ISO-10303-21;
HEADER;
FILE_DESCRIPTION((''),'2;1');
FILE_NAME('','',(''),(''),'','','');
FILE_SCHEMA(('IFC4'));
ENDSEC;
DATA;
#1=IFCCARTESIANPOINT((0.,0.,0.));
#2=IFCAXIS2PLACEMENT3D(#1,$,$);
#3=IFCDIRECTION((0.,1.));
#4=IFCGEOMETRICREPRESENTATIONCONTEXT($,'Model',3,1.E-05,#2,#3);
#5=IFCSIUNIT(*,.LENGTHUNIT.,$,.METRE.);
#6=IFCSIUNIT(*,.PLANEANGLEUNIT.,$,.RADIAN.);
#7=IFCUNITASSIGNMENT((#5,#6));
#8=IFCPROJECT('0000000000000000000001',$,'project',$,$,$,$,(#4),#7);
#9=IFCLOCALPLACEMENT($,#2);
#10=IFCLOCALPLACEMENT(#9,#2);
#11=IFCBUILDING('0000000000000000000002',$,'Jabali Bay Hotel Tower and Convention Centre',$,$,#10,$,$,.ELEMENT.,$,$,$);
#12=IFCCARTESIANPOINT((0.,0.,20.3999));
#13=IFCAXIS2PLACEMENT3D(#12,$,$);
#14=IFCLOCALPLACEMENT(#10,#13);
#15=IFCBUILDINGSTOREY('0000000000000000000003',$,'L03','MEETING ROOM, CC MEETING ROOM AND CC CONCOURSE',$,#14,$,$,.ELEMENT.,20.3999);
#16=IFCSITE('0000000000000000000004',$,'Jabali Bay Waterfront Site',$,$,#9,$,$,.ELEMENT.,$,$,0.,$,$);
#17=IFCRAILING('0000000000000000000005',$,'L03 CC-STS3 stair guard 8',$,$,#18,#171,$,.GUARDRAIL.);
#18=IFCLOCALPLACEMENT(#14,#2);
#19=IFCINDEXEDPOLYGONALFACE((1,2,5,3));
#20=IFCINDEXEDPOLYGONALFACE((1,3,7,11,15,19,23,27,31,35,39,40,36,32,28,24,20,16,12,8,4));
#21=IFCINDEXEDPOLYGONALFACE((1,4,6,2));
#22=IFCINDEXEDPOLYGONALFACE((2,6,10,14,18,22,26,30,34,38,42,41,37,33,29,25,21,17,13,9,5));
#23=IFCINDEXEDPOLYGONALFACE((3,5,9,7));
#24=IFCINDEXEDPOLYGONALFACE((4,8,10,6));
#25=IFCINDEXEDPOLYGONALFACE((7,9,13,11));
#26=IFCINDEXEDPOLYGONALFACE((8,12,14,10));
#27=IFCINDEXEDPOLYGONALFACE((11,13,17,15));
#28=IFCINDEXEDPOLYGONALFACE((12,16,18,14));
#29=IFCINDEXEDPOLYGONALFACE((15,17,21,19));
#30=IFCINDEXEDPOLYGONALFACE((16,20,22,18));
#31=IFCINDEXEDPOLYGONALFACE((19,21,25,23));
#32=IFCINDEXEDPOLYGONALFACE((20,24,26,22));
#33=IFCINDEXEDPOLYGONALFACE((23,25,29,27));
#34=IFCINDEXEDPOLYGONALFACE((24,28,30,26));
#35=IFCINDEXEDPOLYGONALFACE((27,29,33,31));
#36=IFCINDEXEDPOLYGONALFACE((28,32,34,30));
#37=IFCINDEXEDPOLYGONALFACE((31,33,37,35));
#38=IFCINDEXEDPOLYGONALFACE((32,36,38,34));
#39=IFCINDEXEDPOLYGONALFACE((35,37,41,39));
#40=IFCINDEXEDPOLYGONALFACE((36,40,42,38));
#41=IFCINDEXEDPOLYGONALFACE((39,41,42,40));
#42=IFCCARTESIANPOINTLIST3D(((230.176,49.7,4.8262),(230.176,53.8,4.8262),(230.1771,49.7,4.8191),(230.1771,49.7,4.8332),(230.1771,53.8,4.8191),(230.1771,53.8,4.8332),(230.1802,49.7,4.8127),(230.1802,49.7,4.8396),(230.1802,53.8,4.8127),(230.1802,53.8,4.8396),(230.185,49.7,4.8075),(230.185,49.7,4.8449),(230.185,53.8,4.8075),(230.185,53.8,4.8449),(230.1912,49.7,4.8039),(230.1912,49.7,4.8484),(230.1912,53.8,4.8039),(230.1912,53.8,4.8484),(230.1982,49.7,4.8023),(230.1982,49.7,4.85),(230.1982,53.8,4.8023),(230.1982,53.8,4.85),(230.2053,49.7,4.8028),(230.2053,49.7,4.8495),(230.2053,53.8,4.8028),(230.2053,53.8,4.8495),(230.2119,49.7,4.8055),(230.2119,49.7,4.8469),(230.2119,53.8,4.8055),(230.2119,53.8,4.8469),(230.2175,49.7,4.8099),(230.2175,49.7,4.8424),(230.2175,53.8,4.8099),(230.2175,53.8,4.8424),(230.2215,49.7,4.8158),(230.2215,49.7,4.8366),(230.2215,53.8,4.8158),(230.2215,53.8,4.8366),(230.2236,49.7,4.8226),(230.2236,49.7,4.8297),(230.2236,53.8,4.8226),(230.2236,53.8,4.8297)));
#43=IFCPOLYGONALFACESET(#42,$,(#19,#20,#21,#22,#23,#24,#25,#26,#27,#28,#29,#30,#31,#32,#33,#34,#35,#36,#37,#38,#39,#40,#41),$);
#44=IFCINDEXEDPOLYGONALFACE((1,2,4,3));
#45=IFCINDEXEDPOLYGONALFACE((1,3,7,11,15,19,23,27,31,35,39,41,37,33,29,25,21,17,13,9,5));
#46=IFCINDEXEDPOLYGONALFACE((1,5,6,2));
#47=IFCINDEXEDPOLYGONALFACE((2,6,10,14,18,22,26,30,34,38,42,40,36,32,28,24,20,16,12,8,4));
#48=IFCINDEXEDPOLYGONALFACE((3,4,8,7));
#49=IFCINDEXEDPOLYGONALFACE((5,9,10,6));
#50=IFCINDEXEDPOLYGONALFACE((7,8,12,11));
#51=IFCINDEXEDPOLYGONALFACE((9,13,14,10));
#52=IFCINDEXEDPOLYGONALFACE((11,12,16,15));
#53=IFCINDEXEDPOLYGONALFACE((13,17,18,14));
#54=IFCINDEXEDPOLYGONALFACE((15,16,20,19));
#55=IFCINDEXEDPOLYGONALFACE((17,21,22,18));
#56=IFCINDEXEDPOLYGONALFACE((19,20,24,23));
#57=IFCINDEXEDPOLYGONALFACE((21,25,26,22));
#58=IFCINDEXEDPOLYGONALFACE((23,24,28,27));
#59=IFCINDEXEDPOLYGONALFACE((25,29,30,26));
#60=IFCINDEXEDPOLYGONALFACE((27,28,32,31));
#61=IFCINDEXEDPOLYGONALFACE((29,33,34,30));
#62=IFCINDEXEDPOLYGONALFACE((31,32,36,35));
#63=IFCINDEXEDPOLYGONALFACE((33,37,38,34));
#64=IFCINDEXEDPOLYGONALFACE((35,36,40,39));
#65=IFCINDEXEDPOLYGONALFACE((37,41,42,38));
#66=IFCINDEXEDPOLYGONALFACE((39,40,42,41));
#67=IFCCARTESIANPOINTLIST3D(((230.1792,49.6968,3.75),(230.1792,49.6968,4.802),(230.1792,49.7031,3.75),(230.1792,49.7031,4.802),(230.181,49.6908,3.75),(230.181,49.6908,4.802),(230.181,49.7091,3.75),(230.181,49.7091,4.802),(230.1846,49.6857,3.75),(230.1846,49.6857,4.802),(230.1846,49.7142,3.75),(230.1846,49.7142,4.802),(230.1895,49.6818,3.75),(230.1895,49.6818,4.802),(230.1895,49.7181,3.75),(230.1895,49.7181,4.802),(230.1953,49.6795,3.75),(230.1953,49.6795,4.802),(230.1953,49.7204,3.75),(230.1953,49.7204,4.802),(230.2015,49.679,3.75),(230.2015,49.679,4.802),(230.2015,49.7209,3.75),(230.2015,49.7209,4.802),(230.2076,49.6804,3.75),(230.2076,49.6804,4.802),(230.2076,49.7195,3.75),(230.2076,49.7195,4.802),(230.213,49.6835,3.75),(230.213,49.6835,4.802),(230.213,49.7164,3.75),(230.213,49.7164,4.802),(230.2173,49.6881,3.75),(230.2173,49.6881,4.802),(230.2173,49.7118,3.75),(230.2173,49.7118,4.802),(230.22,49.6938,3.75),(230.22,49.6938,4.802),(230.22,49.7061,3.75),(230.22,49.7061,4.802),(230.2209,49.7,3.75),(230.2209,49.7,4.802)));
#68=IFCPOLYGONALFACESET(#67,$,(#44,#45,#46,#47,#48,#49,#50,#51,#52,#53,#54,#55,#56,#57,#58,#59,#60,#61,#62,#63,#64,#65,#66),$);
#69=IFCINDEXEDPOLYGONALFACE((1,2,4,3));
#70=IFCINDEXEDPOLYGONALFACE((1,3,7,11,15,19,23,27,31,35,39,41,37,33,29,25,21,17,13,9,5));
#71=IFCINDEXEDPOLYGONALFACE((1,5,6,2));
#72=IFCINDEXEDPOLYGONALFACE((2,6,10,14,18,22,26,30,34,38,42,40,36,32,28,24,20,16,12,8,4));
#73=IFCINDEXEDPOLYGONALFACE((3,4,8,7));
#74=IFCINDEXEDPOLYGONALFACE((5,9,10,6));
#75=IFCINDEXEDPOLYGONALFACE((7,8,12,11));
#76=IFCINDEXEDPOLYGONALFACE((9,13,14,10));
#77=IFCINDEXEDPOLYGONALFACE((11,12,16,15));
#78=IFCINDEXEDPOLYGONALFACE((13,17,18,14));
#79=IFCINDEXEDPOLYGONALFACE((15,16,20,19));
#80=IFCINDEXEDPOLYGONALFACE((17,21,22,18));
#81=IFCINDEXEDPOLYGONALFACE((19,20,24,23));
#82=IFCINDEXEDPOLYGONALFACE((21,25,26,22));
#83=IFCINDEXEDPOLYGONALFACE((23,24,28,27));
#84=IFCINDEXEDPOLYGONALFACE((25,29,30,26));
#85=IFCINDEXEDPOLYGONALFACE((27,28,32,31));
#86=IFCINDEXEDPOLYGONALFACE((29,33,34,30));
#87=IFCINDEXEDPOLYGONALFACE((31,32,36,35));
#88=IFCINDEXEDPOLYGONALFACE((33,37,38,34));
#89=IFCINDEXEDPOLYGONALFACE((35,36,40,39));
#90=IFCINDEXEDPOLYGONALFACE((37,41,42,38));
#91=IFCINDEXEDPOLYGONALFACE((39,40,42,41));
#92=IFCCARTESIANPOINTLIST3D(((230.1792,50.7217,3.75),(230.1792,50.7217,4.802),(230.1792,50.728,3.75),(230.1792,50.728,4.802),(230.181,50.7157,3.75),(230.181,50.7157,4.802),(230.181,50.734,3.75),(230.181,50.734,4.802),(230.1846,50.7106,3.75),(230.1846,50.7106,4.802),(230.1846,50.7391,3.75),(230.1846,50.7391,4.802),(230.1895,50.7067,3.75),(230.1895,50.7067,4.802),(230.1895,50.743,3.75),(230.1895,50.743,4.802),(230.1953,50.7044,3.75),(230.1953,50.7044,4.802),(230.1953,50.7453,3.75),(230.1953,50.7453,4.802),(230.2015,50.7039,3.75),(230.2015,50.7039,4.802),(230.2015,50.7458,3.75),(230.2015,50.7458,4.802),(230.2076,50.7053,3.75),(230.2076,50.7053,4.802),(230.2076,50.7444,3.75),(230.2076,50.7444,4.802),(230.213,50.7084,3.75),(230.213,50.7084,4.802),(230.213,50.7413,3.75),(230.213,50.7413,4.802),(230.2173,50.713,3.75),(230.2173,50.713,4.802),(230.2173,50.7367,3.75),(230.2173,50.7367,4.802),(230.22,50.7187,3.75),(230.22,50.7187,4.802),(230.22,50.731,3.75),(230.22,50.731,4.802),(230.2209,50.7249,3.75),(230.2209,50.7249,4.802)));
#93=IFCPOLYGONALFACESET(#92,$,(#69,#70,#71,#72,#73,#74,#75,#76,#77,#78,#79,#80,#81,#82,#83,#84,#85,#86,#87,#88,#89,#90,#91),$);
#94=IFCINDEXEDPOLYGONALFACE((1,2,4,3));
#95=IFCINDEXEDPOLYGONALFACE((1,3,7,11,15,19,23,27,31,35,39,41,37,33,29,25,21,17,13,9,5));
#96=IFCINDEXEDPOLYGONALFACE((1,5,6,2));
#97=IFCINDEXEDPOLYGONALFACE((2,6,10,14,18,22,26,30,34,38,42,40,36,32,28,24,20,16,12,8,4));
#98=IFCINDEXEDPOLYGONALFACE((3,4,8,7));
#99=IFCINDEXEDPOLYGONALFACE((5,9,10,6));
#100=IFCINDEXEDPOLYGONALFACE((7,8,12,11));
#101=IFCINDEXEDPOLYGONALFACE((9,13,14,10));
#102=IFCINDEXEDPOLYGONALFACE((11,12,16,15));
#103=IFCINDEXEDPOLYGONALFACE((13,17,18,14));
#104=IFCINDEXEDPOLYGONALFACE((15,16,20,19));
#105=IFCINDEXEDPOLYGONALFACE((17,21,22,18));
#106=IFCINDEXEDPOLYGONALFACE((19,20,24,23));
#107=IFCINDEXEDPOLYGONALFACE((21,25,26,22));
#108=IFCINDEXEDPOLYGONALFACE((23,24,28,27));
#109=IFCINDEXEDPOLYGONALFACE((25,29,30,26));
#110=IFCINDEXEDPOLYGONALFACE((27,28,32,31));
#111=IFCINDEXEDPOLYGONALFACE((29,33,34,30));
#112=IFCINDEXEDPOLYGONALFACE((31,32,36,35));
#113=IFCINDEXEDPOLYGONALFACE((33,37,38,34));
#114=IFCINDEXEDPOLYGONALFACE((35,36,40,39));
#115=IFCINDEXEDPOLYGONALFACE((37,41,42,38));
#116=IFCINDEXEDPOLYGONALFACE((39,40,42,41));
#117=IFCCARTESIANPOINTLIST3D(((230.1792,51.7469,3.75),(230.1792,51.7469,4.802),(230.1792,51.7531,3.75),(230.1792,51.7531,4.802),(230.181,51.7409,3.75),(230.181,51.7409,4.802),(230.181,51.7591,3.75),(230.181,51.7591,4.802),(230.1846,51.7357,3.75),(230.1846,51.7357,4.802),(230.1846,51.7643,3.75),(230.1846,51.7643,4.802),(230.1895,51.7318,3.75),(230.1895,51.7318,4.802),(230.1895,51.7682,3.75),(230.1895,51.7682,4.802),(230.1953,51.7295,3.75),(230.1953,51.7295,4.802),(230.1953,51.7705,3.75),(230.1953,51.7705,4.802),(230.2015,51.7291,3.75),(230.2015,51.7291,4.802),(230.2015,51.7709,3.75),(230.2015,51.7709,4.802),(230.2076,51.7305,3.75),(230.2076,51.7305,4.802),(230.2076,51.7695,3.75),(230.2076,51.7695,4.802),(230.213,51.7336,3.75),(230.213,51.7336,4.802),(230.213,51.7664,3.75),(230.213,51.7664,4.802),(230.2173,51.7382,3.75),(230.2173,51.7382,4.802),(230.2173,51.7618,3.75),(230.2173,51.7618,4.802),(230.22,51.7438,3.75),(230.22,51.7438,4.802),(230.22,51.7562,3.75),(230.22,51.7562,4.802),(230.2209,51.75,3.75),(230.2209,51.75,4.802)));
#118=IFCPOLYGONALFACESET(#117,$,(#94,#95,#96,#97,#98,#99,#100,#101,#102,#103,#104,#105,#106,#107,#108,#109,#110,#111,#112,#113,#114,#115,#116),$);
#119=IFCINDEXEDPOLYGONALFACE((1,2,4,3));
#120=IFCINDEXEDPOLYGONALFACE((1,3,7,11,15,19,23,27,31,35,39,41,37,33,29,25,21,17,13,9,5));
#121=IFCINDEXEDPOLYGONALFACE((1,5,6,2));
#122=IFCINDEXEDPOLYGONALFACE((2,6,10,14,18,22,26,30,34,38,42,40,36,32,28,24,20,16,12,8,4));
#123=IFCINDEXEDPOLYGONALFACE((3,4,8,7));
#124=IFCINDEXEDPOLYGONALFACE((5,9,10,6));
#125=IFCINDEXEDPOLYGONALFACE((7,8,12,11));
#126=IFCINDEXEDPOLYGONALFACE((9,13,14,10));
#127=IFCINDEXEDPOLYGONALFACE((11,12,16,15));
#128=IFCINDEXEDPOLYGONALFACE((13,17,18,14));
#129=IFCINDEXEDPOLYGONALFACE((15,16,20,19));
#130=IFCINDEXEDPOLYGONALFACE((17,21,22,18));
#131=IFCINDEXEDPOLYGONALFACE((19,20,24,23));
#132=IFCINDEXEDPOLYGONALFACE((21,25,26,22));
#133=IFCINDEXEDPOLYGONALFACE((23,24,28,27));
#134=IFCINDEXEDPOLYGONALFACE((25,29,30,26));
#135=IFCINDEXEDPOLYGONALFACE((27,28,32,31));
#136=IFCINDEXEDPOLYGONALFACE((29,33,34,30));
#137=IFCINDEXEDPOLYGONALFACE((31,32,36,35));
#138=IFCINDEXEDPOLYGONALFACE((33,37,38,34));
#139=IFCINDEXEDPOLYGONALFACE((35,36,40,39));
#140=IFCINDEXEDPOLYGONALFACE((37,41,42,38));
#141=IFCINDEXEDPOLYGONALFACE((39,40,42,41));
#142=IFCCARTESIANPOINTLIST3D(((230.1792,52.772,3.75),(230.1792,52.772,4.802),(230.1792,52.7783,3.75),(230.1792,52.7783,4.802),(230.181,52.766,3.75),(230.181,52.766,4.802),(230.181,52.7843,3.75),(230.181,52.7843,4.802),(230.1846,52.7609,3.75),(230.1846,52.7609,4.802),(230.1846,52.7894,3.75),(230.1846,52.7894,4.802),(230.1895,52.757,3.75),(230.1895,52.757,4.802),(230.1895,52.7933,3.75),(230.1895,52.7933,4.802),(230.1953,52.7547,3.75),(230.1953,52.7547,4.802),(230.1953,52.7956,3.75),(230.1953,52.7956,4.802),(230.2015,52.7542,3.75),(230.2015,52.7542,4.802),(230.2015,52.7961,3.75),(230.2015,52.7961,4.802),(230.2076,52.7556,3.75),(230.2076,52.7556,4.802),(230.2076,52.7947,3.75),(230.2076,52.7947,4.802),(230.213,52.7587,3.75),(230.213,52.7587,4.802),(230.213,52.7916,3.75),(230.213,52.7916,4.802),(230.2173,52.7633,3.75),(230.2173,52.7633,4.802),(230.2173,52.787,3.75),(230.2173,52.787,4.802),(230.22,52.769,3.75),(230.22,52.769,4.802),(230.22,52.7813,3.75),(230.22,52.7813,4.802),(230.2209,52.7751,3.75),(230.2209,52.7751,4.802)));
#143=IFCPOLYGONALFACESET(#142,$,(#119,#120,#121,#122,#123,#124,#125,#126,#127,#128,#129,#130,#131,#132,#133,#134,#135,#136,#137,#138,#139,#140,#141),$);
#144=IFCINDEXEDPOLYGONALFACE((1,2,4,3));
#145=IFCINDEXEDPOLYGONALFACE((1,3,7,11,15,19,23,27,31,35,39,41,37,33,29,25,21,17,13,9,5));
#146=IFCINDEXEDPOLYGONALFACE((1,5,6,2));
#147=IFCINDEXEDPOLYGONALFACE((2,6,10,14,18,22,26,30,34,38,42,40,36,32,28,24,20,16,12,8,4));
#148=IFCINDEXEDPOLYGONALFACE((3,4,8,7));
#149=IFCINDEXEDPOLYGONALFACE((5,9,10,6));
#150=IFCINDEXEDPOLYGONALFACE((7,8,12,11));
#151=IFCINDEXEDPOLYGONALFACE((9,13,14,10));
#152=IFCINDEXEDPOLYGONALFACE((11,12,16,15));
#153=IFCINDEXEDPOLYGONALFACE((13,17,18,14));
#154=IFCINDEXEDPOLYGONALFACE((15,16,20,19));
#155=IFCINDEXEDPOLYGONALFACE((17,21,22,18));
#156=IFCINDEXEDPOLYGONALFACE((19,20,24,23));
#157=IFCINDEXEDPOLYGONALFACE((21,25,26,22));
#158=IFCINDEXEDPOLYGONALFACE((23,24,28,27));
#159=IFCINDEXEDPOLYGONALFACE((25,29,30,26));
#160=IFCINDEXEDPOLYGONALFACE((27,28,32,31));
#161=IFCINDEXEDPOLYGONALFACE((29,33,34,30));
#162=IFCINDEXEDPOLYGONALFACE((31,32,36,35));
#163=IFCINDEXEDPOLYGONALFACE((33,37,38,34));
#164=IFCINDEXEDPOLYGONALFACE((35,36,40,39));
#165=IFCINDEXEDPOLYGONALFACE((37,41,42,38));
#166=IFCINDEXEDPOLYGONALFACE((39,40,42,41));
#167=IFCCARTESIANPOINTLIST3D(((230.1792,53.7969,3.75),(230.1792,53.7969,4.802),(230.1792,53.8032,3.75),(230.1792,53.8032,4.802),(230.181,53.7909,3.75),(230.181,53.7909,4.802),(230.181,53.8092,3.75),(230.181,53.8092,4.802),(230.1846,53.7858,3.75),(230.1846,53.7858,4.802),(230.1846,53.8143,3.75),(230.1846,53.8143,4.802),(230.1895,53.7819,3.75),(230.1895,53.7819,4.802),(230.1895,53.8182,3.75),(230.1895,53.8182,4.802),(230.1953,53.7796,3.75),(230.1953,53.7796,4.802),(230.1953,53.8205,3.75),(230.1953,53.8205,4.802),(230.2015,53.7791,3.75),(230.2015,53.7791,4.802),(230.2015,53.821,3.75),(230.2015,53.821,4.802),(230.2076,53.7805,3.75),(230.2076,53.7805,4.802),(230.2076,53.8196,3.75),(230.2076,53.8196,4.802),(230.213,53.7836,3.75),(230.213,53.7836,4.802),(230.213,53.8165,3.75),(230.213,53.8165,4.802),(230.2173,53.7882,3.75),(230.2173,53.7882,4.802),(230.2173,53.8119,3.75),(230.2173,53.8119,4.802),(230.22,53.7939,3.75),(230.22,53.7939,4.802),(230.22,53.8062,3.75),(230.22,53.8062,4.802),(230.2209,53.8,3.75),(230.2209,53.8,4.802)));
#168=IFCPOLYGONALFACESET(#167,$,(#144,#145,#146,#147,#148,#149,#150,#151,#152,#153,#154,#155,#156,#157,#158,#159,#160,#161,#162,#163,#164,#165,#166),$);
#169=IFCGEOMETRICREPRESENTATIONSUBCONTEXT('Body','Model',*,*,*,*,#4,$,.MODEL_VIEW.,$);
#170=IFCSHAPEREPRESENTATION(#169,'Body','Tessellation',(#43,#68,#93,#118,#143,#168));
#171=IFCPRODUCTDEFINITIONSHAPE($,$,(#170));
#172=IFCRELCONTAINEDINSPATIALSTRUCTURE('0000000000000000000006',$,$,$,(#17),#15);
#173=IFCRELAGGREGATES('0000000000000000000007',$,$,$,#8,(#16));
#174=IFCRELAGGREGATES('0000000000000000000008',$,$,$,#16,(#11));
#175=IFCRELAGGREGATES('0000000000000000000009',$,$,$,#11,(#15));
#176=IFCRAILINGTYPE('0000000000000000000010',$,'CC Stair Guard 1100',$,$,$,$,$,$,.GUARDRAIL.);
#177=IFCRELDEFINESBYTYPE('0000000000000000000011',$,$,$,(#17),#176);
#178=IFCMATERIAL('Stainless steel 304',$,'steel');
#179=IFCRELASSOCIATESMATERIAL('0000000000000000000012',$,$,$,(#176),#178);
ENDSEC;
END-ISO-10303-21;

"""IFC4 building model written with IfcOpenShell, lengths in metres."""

from ifc_helpers import new_model, si_unit, direction, frame, origin, origin_2d, place, context, subcontext, project, spatial, circle, extrude, material, type_object, element, save


model = new_model("IFC4")

# Units and contexts
model_context = context("Model", 3, precision=1e-05, world=origin(), true_north=direction((0.0, 1.0)))
body_context = subcontext(model_context, "Body", "Model", "MODEL_VIEW")
ifc_project = project(units=[si_unit("LENGTHUNIT", "METRE"), si_unit("PLANEANGLEUNIT", "RADIAN")], contexts=[model_context])

# Site, building, storey
site_placement = place(None, origin())
site = spatial("IfcSite", under=ifc_project, at=site_placement, Name="Jabali Bay Waterfront Site", CompositionType="ELEMENT", RefElevation=0.0)
building_placement = place(site_placement, origin())
building = spatial("IfcBuilding", under=site, at=building_placement, Name="Jabali Bay Hotel Tower and Convention Centre", CompositionType="ELEMENT")
storey_placement = place(building_placement, frame((0.0, 0.0, 20.3999)))
storey = spatial("IfcBuildingStorey", under=building, at=storey_placement, Name="L03", Description="MEETING ROOM, CC MEETING ROOM AND CC CONCOURSE", CompositionType="ELEMENT", Elevation=20.3999)

# Railing
ifc_material_1 = material(Name="Stainless steel 304", Category="steel")
railing_type = type_object("IfcRailingType", Name="CC Stair Guard 1100", PredefinedType="GUARDRAIL", material=ifc_material_1)
for number, where, name in (
    (1, (230.2, 49.7, 3.75), "L03 CC-STS3 stair guard 8"),
):
    element("IfcRailing", number, at=place(storey_placement, frame(where)), inside=storey, type_object=railing_type, Name=name, PredefinedType="GUARDRAIL", context=body_context, shape_type="SweptSolid", body=[
        extrude(circle(Radius=0.0239, at=origin_2d()), frame((0.0, 0.0, 1.0762), z_axis=(0.0, 1.0, 0.0), x_axis=(-1.0, 0.0, 0.0)), (0.0, 0.0, 1.0), 4.1001),
        extrude(circle(Radius=0.021, at=origin_2d()), origin(), (0.0, 0.0, 1.0), 1.052),
        extrude(circle(Radius=0.021, at=origin_2d()), frame((0.0, 1.0249, 0.0)), (0.0, 0.0, 1.0), 1.052),
        extrude(circle(Radius=0.021, at=origin_2d()), frame((0.0, 2.05, 0.0)), (0.0, 0.0, 1.0), 1.052),
        extrude(circle(Radius=0.021, at=origin_2d()), frame((0.0, 3.0752, 0.0)), (0.0, 0.0, 1.0), 1.052),
        extrude(circle(Radius=0.021, at=origin_2d()), frame((0.0, 4.1001, 0.0)), (0.0, 0.0, 1.0), 1.052),
    ])

save(model, "model.ifc")
